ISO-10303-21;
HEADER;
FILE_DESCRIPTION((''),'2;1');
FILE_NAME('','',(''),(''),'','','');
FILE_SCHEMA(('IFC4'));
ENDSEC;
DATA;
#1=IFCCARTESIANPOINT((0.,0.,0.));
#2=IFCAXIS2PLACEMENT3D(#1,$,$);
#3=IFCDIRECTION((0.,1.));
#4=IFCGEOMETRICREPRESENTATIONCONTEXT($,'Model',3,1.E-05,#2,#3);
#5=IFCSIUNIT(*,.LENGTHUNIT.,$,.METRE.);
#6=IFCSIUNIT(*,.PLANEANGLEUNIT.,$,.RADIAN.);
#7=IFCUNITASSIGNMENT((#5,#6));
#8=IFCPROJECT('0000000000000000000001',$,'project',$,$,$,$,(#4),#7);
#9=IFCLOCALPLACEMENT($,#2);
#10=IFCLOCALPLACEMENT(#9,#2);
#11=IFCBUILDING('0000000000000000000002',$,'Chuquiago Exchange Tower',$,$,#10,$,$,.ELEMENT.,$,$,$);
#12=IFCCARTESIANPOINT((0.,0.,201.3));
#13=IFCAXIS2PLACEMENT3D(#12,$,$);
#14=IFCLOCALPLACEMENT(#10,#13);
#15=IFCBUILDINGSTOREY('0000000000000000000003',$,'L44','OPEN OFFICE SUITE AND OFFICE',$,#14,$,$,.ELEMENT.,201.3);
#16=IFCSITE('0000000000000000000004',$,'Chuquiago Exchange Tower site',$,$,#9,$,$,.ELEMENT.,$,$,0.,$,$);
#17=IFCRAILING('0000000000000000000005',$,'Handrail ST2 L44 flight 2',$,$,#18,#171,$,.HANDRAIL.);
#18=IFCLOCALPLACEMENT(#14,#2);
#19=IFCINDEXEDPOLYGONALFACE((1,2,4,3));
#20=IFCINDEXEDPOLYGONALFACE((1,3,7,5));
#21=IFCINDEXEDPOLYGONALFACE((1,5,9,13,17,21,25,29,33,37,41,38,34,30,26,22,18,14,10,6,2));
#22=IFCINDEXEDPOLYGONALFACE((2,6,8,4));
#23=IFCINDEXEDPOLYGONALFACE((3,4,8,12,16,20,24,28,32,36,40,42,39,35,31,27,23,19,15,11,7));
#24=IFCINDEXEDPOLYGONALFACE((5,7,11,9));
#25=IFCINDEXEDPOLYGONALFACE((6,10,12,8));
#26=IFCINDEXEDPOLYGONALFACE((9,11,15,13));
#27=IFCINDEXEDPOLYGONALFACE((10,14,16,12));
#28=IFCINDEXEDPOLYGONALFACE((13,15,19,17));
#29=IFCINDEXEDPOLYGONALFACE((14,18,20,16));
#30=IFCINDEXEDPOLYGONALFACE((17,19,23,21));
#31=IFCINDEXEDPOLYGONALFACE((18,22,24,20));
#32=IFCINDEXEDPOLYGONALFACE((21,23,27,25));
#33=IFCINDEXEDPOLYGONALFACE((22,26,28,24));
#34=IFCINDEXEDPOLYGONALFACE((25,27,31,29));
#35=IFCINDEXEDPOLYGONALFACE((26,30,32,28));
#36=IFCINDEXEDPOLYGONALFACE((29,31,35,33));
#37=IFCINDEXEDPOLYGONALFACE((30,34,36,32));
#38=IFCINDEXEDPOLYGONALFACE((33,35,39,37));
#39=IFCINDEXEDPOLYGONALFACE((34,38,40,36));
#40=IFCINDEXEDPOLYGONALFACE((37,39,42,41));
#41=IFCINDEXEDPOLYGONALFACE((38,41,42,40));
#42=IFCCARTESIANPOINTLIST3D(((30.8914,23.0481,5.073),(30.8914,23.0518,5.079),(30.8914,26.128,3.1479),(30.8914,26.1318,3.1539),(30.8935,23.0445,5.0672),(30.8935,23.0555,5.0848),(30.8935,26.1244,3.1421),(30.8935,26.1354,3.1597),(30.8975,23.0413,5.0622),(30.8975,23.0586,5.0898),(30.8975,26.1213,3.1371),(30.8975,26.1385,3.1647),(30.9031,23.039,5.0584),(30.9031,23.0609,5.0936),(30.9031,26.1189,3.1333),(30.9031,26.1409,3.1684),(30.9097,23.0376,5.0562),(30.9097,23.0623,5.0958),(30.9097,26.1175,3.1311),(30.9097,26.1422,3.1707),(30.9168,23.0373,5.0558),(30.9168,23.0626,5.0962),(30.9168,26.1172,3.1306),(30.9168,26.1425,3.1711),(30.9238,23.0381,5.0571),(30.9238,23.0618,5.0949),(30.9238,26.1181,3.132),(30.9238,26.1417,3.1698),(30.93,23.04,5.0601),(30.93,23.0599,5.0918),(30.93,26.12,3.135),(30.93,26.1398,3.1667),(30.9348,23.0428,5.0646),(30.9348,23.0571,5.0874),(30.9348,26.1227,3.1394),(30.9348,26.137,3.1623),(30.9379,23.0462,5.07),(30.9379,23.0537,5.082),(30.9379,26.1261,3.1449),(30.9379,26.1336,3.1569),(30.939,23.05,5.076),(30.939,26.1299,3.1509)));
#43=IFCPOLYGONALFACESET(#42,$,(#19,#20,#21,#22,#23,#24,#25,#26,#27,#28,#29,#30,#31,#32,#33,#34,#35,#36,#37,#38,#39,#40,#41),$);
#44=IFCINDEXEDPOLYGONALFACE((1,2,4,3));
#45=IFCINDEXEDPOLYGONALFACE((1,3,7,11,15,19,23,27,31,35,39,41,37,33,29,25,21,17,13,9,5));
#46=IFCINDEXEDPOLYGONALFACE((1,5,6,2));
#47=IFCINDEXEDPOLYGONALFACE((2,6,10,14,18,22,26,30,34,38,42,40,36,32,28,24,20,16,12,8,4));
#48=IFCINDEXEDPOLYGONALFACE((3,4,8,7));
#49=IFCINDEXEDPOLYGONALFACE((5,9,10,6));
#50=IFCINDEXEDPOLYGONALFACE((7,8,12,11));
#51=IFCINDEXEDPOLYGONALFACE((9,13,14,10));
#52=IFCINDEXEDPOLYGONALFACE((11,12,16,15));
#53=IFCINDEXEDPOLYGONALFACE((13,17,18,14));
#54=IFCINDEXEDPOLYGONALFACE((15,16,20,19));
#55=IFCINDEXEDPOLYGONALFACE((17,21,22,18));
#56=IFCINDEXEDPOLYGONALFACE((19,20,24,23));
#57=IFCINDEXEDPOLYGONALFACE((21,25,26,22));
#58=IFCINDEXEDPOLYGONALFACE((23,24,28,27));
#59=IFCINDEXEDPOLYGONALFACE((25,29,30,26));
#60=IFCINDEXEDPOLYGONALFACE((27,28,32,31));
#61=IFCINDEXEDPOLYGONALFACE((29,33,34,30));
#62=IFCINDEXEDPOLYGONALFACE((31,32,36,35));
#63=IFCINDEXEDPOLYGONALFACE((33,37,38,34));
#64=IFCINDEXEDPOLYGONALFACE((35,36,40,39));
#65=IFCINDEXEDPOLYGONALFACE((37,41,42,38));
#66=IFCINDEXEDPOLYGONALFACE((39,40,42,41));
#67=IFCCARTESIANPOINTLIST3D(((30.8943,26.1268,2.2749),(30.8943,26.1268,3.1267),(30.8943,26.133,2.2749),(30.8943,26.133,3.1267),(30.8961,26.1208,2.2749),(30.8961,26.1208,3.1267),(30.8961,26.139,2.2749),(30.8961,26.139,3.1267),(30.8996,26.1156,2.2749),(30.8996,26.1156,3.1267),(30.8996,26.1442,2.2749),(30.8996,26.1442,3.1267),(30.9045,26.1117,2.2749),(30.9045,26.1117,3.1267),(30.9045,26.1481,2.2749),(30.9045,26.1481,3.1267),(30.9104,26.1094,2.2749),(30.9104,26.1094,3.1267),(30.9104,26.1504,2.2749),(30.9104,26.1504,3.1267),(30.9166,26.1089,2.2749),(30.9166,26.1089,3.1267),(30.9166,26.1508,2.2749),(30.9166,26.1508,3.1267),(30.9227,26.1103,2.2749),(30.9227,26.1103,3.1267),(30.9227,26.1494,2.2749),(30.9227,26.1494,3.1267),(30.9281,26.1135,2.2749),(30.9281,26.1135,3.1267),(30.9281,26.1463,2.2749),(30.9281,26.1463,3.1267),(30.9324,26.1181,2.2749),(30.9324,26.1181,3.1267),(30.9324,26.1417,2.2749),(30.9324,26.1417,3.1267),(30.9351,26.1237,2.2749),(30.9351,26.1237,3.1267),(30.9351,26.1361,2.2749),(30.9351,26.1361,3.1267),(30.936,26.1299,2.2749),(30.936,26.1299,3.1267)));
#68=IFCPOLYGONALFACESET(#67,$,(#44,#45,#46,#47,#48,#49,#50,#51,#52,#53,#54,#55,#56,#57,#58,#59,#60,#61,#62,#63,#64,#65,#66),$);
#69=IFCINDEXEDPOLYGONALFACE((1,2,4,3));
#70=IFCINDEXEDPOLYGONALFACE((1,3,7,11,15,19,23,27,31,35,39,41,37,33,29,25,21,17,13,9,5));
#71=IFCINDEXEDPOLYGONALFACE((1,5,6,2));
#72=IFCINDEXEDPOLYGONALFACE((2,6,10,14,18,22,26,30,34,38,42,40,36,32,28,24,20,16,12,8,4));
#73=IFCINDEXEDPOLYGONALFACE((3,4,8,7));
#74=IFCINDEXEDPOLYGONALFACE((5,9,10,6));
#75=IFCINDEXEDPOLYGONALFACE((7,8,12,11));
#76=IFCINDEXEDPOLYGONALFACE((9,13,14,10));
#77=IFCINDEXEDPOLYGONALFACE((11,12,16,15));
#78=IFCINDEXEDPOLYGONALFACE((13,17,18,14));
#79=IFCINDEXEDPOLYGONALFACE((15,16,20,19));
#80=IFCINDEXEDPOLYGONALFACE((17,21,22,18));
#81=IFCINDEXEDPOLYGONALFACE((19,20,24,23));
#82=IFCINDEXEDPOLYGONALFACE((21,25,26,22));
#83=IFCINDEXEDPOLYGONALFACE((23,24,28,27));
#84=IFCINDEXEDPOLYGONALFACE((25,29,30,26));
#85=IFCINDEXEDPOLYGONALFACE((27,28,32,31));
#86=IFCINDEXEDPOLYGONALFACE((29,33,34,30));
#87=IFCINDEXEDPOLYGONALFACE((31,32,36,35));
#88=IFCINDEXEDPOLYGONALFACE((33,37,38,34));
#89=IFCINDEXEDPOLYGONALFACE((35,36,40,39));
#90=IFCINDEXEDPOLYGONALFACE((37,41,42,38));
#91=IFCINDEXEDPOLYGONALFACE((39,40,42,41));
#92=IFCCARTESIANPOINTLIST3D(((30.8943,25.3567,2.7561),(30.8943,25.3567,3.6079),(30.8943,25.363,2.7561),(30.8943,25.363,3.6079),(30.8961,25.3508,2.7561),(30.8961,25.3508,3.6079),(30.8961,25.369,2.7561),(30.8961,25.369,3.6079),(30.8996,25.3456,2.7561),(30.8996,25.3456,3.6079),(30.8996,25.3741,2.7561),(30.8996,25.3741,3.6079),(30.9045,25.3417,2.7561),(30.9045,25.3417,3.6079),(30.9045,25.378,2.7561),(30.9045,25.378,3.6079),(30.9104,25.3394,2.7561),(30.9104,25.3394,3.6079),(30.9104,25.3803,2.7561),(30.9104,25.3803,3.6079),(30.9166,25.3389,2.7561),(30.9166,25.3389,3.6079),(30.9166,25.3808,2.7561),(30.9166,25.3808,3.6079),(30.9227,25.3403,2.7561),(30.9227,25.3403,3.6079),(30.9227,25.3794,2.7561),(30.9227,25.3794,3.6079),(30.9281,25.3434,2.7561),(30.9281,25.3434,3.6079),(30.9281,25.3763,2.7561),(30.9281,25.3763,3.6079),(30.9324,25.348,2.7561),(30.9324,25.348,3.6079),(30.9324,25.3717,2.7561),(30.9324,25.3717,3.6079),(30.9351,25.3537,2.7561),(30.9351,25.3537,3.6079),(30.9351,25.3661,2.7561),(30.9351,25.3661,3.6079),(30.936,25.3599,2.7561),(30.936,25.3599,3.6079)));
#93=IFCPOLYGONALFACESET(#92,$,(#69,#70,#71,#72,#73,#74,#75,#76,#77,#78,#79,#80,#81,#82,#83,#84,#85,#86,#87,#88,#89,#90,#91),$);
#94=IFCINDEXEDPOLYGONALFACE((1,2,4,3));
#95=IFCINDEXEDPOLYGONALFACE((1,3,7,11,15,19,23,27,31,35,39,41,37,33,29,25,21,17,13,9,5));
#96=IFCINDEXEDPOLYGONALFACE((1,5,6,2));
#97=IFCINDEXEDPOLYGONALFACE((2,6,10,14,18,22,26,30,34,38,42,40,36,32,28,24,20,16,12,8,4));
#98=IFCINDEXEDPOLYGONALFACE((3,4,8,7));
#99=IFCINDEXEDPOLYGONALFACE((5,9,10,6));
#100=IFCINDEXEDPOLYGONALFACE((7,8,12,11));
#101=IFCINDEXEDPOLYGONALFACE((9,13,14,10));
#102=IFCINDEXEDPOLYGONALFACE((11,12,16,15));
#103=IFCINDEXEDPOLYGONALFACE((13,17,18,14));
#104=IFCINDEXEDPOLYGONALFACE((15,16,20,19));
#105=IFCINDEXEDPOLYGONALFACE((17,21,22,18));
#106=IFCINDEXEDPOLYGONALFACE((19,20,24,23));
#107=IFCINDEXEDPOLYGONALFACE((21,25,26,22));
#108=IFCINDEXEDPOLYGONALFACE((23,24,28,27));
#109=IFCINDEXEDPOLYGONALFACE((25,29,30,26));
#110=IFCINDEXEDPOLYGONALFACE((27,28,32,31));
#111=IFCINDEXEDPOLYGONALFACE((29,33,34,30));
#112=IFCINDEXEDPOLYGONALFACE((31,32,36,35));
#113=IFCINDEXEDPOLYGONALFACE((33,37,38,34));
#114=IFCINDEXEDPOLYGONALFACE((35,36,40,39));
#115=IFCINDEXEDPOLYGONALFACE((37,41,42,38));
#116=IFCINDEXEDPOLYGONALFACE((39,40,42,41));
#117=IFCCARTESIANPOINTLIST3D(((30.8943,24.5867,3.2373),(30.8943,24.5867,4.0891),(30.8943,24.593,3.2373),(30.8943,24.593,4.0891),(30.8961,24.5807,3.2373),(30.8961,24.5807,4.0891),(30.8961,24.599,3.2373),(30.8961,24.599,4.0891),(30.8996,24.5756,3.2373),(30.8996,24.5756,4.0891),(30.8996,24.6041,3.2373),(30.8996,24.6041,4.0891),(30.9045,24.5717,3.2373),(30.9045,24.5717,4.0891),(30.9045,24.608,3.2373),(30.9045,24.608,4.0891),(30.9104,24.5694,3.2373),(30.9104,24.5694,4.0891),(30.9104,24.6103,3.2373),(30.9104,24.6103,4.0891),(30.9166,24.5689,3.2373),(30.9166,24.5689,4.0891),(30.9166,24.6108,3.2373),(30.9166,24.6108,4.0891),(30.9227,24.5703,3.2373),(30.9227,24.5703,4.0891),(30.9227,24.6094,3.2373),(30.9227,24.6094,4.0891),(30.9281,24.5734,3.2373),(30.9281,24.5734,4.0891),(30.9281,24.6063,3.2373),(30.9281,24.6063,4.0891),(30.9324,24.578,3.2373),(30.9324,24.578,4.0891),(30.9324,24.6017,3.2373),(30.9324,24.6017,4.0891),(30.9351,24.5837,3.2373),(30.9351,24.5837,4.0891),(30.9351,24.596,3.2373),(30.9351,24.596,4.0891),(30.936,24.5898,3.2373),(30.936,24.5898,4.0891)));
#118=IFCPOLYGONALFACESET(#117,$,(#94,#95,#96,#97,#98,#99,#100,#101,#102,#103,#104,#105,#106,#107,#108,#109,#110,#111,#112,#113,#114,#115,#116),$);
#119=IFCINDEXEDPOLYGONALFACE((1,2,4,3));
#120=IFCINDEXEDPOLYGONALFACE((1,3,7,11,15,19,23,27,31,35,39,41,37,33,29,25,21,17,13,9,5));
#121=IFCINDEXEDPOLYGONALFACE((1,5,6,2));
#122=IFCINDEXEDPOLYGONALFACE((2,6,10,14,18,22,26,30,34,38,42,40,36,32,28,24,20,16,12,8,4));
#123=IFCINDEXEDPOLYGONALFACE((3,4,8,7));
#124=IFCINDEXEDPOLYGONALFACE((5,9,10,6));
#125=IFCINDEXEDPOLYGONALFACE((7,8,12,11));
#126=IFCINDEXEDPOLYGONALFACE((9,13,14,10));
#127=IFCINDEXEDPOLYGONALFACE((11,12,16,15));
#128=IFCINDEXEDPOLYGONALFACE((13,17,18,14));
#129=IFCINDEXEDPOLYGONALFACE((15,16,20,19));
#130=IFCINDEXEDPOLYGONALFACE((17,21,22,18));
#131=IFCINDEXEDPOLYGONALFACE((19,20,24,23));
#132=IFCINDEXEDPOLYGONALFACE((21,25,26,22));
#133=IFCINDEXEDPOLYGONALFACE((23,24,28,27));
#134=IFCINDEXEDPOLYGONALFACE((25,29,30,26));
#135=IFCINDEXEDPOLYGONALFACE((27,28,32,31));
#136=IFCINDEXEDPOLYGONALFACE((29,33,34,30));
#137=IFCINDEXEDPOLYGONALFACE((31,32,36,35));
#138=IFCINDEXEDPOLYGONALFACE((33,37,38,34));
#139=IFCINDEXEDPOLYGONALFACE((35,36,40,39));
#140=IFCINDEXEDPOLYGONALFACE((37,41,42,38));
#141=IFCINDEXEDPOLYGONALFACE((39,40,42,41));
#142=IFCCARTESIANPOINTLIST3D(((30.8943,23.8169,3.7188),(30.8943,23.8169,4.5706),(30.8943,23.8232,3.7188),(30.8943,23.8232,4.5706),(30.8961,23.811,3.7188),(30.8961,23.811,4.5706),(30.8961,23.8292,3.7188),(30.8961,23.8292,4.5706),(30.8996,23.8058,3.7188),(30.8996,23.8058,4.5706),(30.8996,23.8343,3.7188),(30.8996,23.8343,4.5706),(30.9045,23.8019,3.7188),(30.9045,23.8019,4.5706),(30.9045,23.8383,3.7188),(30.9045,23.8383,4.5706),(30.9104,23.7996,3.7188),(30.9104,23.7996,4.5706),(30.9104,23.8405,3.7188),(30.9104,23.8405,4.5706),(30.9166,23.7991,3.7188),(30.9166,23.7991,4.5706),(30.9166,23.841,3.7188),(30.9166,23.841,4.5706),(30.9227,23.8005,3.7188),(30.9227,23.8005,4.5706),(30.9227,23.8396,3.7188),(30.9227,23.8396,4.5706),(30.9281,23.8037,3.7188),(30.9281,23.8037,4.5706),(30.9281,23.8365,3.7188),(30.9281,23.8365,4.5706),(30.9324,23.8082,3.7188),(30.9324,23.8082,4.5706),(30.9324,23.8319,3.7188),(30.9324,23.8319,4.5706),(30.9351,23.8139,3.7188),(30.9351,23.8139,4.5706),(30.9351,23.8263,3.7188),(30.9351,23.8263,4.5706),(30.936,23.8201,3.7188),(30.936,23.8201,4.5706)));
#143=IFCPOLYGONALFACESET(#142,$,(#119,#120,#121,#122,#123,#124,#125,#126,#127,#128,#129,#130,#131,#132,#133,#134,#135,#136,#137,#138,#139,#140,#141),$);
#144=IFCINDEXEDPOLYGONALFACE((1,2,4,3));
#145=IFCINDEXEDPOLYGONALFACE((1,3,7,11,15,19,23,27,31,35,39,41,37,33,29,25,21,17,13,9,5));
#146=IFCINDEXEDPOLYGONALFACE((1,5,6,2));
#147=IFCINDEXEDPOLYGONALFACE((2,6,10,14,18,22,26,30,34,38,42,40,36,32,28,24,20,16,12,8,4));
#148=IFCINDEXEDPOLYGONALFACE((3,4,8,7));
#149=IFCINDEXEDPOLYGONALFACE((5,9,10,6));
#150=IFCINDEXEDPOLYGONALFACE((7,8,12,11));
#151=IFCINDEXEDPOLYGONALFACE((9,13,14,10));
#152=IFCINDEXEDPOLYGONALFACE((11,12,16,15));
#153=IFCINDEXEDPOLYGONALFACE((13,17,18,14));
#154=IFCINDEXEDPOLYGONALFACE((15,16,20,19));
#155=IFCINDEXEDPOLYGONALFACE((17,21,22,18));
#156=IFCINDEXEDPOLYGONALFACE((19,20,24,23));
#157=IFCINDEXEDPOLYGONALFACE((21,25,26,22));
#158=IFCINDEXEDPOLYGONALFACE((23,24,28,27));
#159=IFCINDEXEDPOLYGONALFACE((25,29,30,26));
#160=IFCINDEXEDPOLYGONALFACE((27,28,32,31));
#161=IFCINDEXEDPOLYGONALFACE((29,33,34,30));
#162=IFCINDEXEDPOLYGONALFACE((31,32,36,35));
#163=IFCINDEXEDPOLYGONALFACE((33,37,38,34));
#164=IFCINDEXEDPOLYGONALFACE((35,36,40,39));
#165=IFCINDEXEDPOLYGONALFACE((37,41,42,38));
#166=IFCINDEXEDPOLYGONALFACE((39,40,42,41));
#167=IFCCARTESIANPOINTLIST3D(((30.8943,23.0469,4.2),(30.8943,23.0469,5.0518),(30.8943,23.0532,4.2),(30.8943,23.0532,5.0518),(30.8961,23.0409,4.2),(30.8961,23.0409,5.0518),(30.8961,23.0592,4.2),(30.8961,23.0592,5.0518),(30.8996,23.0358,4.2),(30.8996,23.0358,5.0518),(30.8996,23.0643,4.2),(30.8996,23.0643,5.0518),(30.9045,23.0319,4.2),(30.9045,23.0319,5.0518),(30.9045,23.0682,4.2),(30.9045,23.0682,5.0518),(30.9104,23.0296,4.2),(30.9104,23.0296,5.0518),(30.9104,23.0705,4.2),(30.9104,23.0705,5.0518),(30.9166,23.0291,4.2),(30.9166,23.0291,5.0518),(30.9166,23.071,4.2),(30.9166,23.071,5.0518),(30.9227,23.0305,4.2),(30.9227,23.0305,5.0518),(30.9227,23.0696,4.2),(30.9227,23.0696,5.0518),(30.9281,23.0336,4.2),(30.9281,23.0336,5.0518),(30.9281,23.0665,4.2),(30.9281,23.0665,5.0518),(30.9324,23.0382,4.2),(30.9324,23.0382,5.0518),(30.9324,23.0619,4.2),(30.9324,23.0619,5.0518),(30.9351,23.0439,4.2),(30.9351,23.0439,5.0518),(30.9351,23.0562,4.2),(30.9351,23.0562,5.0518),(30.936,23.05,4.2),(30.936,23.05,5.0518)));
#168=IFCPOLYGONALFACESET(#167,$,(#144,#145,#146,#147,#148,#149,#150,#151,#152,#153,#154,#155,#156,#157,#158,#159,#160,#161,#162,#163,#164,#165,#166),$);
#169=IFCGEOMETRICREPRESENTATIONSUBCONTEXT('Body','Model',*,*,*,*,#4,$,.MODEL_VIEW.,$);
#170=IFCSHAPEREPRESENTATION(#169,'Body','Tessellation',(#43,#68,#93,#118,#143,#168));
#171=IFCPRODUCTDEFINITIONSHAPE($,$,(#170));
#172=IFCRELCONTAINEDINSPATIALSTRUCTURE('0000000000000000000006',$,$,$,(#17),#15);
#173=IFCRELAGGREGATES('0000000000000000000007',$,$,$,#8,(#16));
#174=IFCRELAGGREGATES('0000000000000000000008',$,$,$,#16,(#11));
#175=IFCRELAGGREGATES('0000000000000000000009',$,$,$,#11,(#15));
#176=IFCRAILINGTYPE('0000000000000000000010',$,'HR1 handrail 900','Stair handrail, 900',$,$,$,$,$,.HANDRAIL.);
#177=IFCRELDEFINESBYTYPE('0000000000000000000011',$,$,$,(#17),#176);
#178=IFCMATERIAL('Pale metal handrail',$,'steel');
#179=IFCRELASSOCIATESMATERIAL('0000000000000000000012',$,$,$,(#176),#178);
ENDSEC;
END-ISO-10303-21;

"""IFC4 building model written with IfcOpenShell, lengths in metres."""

from ifc_helpers import new_model, si_unit, direction, frame, origin, origin_2d, place, context, subcontext, project, spatial, circle, extrude, material, type_object, element, save


model = new_model("IFC4")

# Units and contexts
model_context = context("Model", 3, precision=1e-05, world=origin(), true_north=direction((0.0, 1.0)))
body_context = subcontext(model_context, "Body", "Model", "MODEL_VIEW")
ifc_project = project(units=[si_unit("LENGTHUNIT", "METRE"), si_unit("PLANEANGLEUNIT", "RADIAN")], contexts=[model_context])

# Site, building, storey
site_placement = place(None, origin())
site = spatial("IfcSite", under=ifc_project, at=site_placement, Name="Chuquiago Exchange Tower site", CompositionType="ELEMENT", RefElevation=0.0)
building_placement = place(site_placement, origin())
building = spatial("IfcBuilding", under=site, at=building_placement, Name="Chuquiago Exchange Tower", CompositionType="ELEMENT")
storey_placement = place(building_placement, frame((0.0, 0.0, 201.3)))
storey = spatial("IfcBuildingStorey", under=building, at=storey_placement, Name="L44", Description="OPEN OFFICE SUITE AND OFFICE", CompositionType="ELEMENT", Elevation=201.3)

# Railing
ifc_material_1 = material(Name="Pale metal handrail", Category="steel")
railing_type_1 = type_object("IfcRailingType", Name="HR1 handrail 900", Description="Stair handrail, 900", PredefinedType="HANDRAIL", material=ifc_material_1)
for number, where, name in (
    (1, (30.915, 26.1299, 2.2749), "Handrail ST2 L44 flight 2"),
):
    element("IfcRailing", number, at=place(storey_placement, frame(where)), inside=storey, type_object=railing_type_1, Name=name, PredefinedType="HANDRAIL", context=body_context, shape_type="SweptSolid", body=[
        extrude(circle(Radius=0.0239, at=origin_2d()), frame((0.0, 0.0, 0.876), z_axis=(0.0, -0.847979, 0.530029), x_axis=(1.0, 0.0, 0.0)), (0.0, 0.0, 1.0), 3.6321),
        extrude(circle(Radius=0.021, at=origin_2d()), origin(), (0.0, 0.0, 1.0), 0.8518),
        extrude(circle(Radius=0.021, at=origin_2d()), frame((0.0, -0.77, 0.4812)), (0.0, 0.0, 1.0), 0.8518),
        extrude(circle(Radius=0.021, at=origin_2d()), frame((0.0, -1.54, 0.9624)), (0.0, 0.0, 1.0), 0.8518),
        extrude(circle(Radius=0.021, at=origin_2d()), frame((0.0, -2.3098, 1.4438)), (0.0, 0.0, 1.0), 0.8518),
        extrude(circle(Radius=0.021, at=origin_2d()), frame((0.0, -3.0798, 1.925)), (0.0, 0.0, 1.0), 0.8518),
    ])

save(model, "model.ifc")
